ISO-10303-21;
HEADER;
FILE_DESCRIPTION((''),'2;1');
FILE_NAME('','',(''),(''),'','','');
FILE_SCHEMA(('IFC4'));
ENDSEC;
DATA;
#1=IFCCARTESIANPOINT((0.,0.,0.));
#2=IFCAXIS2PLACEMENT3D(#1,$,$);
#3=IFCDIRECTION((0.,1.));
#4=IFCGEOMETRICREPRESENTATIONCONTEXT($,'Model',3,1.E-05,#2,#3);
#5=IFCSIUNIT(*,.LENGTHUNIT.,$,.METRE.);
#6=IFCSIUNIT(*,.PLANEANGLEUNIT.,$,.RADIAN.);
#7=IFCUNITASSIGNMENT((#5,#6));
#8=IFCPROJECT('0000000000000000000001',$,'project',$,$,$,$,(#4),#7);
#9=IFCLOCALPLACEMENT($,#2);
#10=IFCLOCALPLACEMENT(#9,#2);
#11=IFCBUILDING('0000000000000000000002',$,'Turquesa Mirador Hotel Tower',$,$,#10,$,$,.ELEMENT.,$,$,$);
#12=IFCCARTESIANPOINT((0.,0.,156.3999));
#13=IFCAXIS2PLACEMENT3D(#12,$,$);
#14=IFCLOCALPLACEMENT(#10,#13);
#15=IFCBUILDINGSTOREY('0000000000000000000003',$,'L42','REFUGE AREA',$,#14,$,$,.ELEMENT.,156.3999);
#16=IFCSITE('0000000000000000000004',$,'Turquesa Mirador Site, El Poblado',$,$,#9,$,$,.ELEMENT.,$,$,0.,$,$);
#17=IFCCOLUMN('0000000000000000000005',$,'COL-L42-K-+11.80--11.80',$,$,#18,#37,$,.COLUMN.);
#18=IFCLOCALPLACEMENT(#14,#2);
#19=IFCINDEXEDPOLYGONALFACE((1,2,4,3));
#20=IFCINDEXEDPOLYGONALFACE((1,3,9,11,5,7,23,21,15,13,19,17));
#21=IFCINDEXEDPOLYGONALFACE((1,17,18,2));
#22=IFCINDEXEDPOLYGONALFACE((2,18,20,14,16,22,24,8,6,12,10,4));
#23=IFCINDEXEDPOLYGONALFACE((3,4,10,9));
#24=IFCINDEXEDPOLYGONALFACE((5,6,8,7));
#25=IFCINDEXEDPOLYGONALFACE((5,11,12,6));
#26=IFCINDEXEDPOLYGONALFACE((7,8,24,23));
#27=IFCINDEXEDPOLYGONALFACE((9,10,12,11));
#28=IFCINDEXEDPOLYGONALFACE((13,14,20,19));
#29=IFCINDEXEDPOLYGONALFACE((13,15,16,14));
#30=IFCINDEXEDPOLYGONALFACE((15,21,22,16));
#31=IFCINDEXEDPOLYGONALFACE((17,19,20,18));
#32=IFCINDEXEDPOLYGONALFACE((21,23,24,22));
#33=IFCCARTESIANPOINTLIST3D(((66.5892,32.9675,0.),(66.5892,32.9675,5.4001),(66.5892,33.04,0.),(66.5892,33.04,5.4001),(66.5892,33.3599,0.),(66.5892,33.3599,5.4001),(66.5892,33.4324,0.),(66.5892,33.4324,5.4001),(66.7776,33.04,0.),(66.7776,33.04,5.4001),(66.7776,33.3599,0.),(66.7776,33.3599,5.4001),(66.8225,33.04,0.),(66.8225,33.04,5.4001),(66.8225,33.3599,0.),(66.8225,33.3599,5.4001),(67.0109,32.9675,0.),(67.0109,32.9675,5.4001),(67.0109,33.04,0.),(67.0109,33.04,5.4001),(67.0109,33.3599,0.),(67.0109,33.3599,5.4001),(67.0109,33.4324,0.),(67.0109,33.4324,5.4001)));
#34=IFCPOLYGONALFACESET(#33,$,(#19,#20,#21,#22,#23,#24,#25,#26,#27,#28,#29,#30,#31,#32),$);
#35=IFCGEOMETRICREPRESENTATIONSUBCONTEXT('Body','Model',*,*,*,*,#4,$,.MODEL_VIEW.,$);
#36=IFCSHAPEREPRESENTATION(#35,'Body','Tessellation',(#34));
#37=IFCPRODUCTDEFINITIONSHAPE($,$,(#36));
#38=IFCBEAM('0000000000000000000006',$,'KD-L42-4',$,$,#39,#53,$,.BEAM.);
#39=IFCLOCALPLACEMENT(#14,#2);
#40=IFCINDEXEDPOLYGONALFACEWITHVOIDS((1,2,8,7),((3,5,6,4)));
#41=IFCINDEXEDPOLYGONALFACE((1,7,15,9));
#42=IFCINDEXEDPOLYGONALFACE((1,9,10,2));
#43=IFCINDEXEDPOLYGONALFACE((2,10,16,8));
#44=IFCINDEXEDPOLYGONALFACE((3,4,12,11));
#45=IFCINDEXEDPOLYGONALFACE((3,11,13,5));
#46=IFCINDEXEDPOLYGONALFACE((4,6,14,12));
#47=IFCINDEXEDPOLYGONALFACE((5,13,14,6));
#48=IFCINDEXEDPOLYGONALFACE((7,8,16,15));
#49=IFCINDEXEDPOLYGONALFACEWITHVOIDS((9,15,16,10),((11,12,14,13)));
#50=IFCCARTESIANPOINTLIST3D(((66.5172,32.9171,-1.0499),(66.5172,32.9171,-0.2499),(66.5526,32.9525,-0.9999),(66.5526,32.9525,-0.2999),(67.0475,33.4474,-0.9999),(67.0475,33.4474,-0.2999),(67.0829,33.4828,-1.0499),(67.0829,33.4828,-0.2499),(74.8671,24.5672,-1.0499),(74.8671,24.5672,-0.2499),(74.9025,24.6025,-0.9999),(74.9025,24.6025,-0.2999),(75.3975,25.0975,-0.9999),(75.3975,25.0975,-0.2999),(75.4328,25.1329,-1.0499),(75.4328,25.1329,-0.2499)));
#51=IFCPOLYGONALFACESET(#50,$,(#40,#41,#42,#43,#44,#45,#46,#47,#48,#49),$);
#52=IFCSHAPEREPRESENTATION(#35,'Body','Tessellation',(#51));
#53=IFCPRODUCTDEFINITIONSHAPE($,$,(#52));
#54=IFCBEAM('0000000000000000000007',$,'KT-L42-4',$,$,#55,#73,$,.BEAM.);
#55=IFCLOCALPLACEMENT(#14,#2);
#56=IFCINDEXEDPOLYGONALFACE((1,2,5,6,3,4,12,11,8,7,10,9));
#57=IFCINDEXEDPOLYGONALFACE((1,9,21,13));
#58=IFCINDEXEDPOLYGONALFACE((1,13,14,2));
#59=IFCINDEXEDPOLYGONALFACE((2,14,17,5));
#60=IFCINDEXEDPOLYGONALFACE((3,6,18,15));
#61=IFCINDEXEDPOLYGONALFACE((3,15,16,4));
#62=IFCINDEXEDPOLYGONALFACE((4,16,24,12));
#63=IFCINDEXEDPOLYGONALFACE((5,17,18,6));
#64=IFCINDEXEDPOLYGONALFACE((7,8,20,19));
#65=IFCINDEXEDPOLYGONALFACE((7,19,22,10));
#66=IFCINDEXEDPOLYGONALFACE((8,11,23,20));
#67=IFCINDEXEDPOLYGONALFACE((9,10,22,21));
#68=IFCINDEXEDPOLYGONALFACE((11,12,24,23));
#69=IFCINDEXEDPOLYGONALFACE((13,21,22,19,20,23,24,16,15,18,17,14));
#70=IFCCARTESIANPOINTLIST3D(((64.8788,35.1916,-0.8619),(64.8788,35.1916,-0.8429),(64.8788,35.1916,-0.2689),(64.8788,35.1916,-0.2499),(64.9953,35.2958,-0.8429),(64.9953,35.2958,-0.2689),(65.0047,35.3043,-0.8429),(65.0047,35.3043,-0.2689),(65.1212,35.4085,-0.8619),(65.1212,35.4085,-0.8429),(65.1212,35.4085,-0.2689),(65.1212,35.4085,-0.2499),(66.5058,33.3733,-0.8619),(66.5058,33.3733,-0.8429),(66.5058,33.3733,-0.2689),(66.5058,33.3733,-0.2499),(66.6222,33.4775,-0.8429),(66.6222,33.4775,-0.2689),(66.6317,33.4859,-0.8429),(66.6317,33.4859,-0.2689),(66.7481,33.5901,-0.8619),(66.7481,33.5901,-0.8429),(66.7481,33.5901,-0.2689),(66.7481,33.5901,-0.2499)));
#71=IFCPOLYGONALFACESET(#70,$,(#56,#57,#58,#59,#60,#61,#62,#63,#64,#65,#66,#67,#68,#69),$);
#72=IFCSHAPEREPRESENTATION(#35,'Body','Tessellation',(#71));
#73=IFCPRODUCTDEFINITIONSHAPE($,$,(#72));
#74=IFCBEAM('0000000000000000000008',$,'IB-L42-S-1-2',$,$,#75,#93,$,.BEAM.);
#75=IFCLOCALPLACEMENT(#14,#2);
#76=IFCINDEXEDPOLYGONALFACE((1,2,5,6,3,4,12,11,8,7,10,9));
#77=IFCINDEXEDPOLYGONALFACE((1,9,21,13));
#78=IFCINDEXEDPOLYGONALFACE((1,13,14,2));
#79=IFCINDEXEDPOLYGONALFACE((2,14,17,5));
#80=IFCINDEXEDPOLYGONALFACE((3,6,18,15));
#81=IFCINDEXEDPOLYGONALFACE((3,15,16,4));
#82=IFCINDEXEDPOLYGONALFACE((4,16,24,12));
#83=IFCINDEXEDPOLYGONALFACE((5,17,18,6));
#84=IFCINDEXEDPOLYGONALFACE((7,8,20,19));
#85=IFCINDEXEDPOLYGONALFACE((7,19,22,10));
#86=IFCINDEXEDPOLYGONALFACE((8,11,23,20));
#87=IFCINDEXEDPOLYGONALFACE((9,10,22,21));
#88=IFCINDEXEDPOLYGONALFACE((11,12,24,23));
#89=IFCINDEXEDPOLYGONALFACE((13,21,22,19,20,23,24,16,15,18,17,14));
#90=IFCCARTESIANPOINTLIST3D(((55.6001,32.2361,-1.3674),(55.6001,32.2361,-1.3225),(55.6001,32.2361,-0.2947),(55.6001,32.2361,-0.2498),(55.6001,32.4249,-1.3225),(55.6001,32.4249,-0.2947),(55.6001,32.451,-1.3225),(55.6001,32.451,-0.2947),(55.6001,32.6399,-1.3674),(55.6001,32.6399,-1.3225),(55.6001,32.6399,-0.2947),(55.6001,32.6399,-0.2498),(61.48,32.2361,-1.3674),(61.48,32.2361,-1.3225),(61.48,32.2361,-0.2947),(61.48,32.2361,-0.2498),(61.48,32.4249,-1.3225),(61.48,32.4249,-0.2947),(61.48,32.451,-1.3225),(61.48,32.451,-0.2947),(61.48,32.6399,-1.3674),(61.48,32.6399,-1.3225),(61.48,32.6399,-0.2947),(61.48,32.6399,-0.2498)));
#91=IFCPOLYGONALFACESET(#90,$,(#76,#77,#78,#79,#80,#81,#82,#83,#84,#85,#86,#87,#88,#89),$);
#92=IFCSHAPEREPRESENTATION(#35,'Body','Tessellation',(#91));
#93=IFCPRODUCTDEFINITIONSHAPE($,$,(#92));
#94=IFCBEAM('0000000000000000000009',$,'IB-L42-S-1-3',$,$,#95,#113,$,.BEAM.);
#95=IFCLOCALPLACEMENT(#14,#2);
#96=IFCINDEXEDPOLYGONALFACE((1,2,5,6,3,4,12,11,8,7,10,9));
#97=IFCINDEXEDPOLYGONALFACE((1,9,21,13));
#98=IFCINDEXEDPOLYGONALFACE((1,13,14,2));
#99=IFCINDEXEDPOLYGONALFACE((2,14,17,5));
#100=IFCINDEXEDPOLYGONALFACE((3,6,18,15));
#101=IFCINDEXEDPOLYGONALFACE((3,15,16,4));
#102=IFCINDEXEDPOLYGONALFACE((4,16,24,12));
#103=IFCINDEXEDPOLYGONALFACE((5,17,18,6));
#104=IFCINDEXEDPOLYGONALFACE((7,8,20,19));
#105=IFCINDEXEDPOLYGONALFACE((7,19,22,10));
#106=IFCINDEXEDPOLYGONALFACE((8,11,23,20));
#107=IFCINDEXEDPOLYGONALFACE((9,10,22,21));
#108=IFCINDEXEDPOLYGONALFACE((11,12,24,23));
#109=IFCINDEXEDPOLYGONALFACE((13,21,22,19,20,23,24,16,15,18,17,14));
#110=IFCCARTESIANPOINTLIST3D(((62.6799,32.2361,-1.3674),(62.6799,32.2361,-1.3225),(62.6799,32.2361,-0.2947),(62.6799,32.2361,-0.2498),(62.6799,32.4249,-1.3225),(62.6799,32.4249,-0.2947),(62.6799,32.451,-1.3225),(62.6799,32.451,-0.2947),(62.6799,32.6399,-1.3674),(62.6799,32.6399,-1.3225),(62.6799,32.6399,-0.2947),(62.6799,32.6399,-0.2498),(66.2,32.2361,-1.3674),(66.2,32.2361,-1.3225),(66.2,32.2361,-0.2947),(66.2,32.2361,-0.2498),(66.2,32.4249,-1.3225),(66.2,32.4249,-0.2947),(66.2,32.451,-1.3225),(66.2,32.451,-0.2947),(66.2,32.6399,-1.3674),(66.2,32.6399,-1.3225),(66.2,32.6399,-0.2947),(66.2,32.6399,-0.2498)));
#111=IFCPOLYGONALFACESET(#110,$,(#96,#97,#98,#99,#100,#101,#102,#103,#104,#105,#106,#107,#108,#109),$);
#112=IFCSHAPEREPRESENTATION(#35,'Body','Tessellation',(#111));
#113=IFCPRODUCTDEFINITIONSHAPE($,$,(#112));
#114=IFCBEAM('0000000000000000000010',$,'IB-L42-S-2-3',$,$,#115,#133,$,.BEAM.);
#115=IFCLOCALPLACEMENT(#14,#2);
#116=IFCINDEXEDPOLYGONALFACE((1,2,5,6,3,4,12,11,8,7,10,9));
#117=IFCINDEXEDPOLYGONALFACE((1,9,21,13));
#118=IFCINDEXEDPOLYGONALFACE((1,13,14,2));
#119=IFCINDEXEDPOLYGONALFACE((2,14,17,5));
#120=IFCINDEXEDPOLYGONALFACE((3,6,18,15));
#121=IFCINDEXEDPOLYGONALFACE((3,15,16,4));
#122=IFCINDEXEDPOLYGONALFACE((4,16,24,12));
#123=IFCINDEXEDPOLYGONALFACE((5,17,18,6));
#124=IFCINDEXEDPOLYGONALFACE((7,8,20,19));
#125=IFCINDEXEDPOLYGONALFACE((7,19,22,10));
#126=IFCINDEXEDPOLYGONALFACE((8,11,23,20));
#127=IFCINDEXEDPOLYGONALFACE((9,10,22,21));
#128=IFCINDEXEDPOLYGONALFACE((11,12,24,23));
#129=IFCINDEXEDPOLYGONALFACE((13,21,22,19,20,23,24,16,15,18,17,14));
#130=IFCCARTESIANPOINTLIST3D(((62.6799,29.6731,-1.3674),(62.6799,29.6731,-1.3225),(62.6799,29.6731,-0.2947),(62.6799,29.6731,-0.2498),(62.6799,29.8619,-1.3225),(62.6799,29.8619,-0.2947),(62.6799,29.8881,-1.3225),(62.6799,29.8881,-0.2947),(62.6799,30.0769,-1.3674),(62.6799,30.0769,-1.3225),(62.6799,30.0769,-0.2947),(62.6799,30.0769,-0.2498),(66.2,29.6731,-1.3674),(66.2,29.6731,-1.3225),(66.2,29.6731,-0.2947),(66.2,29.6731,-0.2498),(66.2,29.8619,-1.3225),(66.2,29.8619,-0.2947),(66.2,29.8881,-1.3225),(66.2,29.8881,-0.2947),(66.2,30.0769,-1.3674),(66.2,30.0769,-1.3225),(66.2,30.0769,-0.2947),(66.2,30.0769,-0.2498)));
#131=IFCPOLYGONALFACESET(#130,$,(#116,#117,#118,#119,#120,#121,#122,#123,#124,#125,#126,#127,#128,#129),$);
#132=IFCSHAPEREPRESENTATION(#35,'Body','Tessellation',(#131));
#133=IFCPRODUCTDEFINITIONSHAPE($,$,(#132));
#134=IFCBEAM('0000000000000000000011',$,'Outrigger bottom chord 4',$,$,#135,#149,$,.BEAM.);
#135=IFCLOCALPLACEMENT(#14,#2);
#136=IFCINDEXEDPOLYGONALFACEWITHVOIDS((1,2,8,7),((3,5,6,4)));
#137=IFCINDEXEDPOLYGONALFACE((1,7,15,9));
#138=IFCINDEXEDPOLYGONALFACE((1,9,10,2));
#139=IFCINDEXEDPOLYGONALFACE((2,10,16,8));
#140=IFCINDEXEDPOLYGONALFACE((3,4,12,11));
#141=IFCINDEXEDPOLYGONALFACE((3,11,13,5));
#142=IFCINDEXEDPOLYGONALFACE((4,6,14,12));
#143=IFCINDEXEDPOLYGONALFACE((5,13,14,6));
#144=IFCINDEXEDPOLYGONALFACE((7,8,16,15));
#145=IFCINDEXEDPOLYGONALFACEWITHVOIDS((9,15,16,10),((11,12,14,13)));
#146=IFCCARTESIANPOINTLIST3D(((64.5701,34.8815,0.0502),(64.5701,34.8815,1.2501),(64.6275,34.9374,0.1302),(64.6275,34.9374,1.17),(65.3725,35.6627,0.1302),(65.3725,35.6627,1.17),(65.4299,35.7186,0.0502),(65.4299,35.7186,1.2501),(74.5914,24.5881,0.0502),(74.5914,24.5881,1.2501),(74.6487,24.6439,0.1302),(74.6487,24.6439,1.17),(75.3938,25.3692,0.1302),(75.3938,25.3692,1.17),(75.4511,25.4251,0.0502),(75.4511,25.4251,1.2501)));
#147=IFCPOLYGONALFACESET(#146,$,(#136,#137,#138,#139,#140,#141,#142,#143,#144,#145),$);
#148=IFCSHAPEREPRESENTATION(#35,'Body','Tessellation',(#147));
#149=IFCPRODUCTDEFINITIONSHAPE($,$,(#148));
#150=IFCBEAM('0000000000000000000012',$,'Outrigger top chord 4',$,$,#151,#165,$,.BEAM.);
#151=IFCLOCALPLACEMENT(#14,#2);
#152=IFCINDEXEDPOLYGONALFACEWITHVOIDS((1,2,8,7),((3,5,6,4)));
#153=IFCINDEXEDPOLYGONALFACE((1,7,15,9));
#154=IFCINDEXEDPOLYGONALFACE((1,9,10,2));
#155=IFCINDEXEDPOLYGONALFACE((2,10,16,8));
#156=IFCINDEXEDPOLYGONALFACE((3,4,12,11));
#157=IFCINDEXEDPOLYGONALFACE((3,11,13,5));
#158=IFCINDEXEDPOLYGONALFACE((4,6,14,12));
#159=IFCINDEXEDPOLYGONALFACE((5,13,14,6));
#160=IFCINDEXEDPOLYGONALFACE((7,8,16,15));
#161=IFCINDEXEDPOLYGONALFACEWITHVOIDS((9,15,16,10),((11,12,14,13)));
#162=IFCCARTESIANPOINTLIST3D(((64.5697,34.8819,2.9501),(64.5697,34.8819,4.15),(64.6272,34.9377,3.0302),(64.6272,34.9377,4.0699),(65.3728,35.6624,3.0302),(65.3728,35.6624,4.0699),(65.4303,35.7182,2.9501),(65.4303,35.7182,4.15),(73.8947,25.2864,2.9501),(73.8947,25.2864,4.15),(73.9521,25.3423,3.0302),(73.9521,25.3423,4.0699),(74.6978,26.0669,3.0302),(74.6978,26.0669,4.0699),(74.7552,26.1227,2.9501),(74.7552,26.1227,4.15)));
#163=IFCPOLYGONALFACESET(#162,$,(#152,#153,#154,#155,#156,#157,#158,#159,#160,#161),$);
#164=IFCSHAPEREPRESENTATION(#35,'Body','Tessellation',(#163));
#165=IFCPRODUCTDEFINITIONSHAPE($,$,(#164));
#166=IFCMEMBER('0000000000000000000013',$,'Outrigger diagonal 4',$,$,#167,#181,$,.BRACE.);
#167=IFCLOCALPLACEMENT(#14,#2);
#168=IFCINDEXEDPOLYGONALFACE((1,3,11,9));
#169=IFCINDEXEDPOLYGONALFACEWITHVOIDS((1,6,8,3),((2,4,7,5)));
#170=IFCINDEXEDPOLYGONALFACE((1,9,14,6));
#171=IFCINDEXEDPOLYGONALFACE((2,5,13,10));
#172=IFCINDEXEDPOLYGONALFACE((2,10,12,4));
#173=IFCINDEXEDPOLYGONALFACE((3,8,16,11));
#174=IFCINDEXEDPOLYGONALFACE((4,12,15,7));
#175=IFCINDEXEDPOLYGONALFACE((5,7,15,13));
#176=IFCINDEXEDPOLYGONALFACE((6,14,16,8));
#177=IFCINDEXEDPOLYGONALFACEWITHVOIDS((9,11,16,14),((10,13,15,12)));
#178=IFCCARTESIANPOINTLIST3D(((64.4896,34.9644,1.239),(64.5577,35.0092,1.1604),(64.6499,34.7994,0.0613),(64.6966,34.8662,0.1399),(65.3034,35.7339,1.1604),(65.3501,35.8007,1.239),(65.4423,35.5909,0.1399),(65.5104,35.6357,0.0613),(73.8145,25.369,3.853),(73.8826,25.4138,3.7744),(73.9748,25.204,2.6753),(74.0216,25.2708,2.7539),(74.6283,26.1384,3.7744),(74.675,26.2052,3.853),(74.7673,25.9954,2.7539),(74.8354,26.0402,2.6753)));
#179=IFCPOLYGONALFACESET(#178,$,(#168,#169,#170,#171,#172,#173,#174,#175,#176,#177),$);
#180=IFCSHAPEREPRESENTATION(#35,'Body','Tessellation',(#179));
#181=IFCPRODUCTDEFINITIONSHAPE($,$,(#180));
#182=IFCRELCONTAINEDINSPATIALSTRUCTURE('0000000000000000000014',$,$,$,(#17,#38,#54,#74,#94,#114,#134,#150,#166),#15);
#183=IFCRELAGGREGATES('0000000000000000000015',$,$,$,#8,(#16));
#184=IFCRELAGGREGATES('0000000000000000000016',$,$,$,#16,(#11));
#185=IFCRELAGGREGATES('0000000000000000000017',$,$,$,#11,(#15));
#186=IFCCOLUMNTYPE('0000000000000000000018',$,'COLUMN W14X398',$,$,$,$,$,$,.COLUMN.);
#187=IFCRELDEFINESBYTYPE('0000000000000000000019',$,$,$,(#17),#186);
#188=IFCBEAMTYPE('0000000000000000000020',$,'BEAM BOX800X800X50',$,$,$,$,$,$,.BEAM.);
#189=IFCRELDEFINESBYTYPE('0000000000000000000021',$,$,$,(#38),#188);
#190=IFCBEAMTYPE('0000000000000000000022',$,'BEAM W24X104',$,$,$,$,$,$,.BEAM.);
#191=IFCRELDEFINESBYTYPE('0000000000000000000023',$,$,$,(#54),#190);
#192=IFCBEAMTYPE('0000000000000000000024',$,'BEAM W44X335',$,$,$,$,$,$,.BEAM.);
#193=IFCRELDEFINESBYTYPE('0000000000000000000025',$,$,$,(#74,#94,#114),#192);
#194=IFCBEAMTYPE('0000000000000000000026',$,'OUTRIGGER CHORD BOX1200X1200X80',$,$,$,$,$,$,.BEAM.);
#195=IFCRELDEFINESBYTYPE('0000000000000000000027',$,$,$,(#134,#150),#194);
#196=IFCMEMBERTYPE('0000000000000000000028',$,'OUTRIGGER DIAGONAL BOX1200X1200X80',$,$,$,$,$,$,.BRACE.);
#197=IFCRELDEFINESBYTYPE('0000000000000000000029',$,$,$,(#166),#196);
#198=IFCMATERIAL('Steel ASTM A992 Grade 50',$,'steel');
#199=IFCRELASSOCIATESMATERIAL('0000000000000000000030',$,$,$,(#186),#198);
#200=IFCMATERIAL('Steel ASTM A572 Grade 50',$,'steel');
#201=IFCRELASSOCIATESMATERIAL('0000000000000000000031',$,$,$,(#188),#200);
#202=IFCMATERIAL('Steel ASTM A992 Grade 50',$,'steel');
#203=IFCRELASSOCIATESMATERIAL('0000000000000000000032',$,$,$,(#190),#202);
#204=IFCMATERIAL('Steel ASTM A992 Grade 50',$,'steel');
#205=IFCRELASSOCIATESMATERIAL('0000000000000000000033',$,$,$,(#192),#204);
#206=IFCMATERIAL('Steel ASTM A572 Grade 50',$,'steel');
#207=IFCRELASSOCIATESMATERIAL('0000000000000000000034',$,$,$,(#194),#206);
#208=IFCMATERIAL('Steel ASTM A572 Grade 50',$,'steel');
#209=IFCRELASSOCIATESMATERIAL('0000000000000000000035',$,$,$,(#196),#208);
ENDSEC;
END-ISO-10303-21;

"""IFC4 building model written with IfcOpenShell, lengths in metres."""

from ifc_helpers import new_model, si_unit, direction, frame, origin, origin_2d, place, context, subcontext, project, spatial, hollow_rectangle, i_section, extrude, material, material_profile, profile_set, type_object, element, save


model = new_model("IFC4")

# Units and contexts
model_context = context("Model", 3, precision=1e-05, world=origin(), true_north=direction((0.0, 1.0)))
body_context = subcontext(model_context, "Body", "Model", "MODEL_VIEW")
ifc_project = project(units=[si_unit("LENGTHUNIT", "METRE"), si_unit("PLANEANGLEUNIT", "RADIAN")], contexts=[model_context])

# Site, building, storey
site_placement = place(None, origin())
site = spatial("IfcSite", under=ifc_project, at=site_placement, Name="Turquesa Mirador Site, El Poblado", CompositionType="ELEMENT", RefElevation=0.0)
building_placement = place(site_placement, origin())
building = spatial("IfcBuilding", under=site, at=building_placement, Name="Turquesa Mirador Hotel Tower", CompositionType="ELEMENT")
storey_placement = place(building_placement, frame((0.0, 0.0, 156.3999)))
storey = spatial("IfcBuildingStorey", under=building, at=storey_placement, Name="L42", Description="REFUGE AREA", CompositionType="ELEMENT", Elevation=156.3999)

# Column
ifc_material_1 = material(Name="Steel ASTM A992 Grade 50", Category="steel")
ifc_material_profile_1 = material_profile(ifc_material_1, i_section(OverallWidth=0.4216, OverallDepth=0.4648, WebThickness=0.0449, FlangeThickness=0.0725, at=origin_2d()), Name="W14X398")
ifc_profile_set_1 = profile_set([ifc_material_profile_1], Name="Steel ASTM A992 Grade 50")
column_type = type_object("IfcColumnType", Name="COLUMN W14X398", PredefinedType="COLUMN", material=ifc_profile_set_1)
column_placement = place(storey_placement, frame((66.8, 33.2, 0.0), z_axis=(0.0, 0.0, 1.0), x_axis=(1.0, 0.0, 0.0)))
element("IfcColumn", 1, at=column_placement, inside=storey, type_object=column_type, Name="COL-L42-K-+11.80--11.80", PredefinedType="COLUMN", context=body_context, shape_type="SweptSolid", body=[
    extrude(i_section(OverallWidth=0.4216, OverallDepth=0.4648, WebThickness=0.0449, FlangeThickness=0.0725, at=origin_2d()), origin(), (0.0, 0.0, 1.0), 5.4001),
])

# Beams
ifc_material_2 = material(Name="Steel ASTM A572 Grade 50", Category="steel")
ifc_material_profile_2 = material_profile(ifc_material_2, hollow_rectangle(XDim=0.8, YDim=0.8, WallThickness=0.05, at=origin_2d()), Name="BOX800X800X50")
ifc_profile_set_2 = profile_set([ifc_material_profile_2], Name="Steel ASTM A572 Grade 50")
beam_type_1 = type_object("IfcBeamType", Name="BEAM BOX800X800X50", PredefinedType="BEAM", material=ifc_profile_set_2)
beam_1_placement = place(storey_placement, frame((66.8, 33.2, -0.6499), z_axis=(0.707107, -0.707107, 0.0), x_axis=(0.707107, 0.707107, 0.0)))
element("IfcBeam", 2, at=beam_1_placement, inside=storey, type_object=beam_type_1, Name="KD-L42-4", PredefinedType="BEAM", context=body_context, shape_type="SweptSolid", body=[
    extrude(hollow_rectangle(XDim=0.8, YDim=0.8, WallThickness=0.05, at=origin_2d()), origin(), (0.0, 0.0, 1.0), 11.8086),
])
ifc_material_3 = material(Name="Steel ASTM A992 Grade 50", Category="steel")
ifc_material_profile_3 = material_profile(ifc_material_3, i_section(OverallWidth=0.3252, OverallDepth=0.6121, WebThickness=0.0127, FlangeThickness=0.019, at=origin_2d()), Name="W24X104")
ifc_profile_set_3 = profile_set([ifc_material_profile_3], Name="Steel ASTM A992 Grade 50")
beam_type_2 = type_object("IfcBeamType", Name="BEAM W24X104", PredefinedType="BEAM", material=ifc_profile_set_3)
beam_2_placement = place(storey_placement, frame((66.627, 33.4817, -0.5559), z_axis=(-0.666795, 0.745241, 0.0), x_axis=(-0.745241, -0.666795, 0.0)))
element("IfcBeam", 3, at=beam_2_placement, inside=storey, type_object=beam_type_2, Name="KT-L42-4", PredefinedType="BEAM", context=body_context, shape_type="SweptSolid", body=[
    extrude(i_section(OverallWidth=0.3252, OverallDepth=0.6121, WebThickness=0.0127, FlangeThickness=0.019, at=origin_2d()), origin(), (0.0, 0.0, 1.0), 2.4399),
])
ifc_material_4 = material(Name="Steel ASTM A992 Grade 50", Category="steel")
ifc_material_profile_4 = material_profile(ifc_material_4, i_section(OverallWidth=0.4038, OverallDepth=1.1177, WebThickness=0.0261, FlangeThickness=0.0449, at=origin_2d()), Name="W44X335")
ifc_profile_set_4 = profile_set([ifc_material_profile_4], Name="Steel ASTM A992 Grade 50")
beam_type_3 = type_object("IfcBeamType", Name="BEAM W44X335", PredefinedType="BEAM", material=ifc_profile_set_4)
beam_3_placement = place(storey_placement, frame((55.6001, 32.438, -0.8086), z_axis=(1.0, 0.0, 0.0), x_axis=(0.0, 1.0, 0.0)))
element("IfcBeam", 4, at=beam_3_placement, inside=storey, type_object=beam_type_3, Name="IB-L42-S-1-2", PredefinedType="BEAM", context=body_context, shape_type="SweptSolid", body=[
    extrude(i_section(OverallWidth=0.4038, OverallDepth=1.1177, WebThickness=0.0261, FlangeThickness=0.0449, at=origin_2d()), origin(), (0.0, 0.0, 1.0), 5.8799),
])
for number, where, z_axis, x_axis, name in (
    (5, (62.6799, 32.438, -0.8086), (1.0, 0.0, 0.0), (0.0, 1.0, 0.0), "IB-L42-S-1-3"),
    (6, (62.6799, 29.875, -0.8086), (1.0, 0.0, 0.0), (0.0, 1.0, 0.0), "IB-L42-S-2-3"),
):
    element("IfcBeam", number, at=place(storey_placement, frame(where, z_axis=z_axis, x_axis=x_axis)), inside=storey, type_object=beam_type_3, Name=name, PredefinedType="BEAM", context=body_context, shape_type="SweptSolid", body=[
        extrude(i_section(OverallWidth=0.4038, OverallDepth=1.1177, WebThickness=0.0261, FlangeThickness=0.0449, at=origin_2d()), origin(), (0.0, 0.0, 1.0), 3.52),
    ])
ifc_material_5 = material(Name="Steel ASTM A572 Grade 50", Category="steel")
ifc_material_profile_5 = material_profile(ifc_material_5, hollow_rectangle(XDim=1.2, YDim=1.2, WallThickness=0.0801, at=origin_2d()), Name="BOX1200X1200X80")
ifc_profile_set_5 = profile_set([ifc_material_profile_5], Name="Steel ASTM A572 Grade 50")
beam_type_4 = type_object("IfcBeamType", Name="OUTRIGGER CHORD BOX1200X1200X80", PredefinedType="BEAM", material=ifc_profile_set_5)
beam_4_placement = place(storey_placement, frame((65.0, 35.3, 0.6501), z_axis=(0.697569, -0.716518, 0.0), x_axis=(0.716518, 0.697569, 0.0)))
element("IfcBeam", 7, at=beam_4_placement, inside=storey, type_object=beam_type_4, Name="Outrigger bottom chord 4", PredefinedType="BEAM", context=body_context, shape_type="SweptSolid", body=[
    extrude(hollow_rectangle(XDim=1.2, YDim=1.2, WallThickness=0.0801, at=origin_2d()), origin(), (0.0, 0.0, 1.0), 14.366),
])
beam_5_placement = place(storey_placement, frame((65.0, 35.3, 3.55), z_axis=(0.696926, -0.717143, 0.0), x_axis=(0.717143, 0.696926, 0.0)))
element("IfcBeam", 8, at=beam_5_placement, inside=storey, type_object=beam_type_4, Name="Outrigger top chord 4", PredefinedType="BEAM", context=body_context, shape_type="SweptSolid", body=[
    extrude(hollow_rectangle(XDim=1.2, YDim=1.2, WallThickness=0.0801, at=origin_2d()), origin(), (0.0, 0.0, 1.0), 13.3801),
])

# Member
ifc_material_6 = material(Name="Steel ASTM A572 Grade 50", Category="steel")
ifc_material_profile_6 = material_profile(ifc_material_6, hollow_rectangle(XDim=1.2, YDim=1.2, WallThickness=0.0801, at=origin_2d()), Name="BOX1200X1200X80")
ifc_profile_set_6 = profile_set([ifc_material_profile_6], Name="Steel ASTM A572 Grade 50")
member_type = type_object("IfcMemberType", Name="OUTRIGGER DIAGONAL BOX1200X1200X80", PredefinedType="BRACE", material=ifc_profile_set_6)
member_placement = place(storey_placement, frame((65.0, 35.3, 0.6501), z_axis=(0.683995, -0.703837, 0.191741), x_axis=(0.717143, 0.696926, 0.0)))
element("IfcMember", 9, at=member_placement, inside=storey, type_object=member_type, Name="Outrigger diagonal 4", PredefinedType="BRACE", context=body_context, shape_type="SweptSolid", body=[
    extrude(hollow_rectangle(XDim=1.2, YDim=1.2, WallThickness=0.0801, at=origin_2d()), origin(), (0.0, 0.0, 1.0), 13.6331),
])

save(model, "model.ifc")
